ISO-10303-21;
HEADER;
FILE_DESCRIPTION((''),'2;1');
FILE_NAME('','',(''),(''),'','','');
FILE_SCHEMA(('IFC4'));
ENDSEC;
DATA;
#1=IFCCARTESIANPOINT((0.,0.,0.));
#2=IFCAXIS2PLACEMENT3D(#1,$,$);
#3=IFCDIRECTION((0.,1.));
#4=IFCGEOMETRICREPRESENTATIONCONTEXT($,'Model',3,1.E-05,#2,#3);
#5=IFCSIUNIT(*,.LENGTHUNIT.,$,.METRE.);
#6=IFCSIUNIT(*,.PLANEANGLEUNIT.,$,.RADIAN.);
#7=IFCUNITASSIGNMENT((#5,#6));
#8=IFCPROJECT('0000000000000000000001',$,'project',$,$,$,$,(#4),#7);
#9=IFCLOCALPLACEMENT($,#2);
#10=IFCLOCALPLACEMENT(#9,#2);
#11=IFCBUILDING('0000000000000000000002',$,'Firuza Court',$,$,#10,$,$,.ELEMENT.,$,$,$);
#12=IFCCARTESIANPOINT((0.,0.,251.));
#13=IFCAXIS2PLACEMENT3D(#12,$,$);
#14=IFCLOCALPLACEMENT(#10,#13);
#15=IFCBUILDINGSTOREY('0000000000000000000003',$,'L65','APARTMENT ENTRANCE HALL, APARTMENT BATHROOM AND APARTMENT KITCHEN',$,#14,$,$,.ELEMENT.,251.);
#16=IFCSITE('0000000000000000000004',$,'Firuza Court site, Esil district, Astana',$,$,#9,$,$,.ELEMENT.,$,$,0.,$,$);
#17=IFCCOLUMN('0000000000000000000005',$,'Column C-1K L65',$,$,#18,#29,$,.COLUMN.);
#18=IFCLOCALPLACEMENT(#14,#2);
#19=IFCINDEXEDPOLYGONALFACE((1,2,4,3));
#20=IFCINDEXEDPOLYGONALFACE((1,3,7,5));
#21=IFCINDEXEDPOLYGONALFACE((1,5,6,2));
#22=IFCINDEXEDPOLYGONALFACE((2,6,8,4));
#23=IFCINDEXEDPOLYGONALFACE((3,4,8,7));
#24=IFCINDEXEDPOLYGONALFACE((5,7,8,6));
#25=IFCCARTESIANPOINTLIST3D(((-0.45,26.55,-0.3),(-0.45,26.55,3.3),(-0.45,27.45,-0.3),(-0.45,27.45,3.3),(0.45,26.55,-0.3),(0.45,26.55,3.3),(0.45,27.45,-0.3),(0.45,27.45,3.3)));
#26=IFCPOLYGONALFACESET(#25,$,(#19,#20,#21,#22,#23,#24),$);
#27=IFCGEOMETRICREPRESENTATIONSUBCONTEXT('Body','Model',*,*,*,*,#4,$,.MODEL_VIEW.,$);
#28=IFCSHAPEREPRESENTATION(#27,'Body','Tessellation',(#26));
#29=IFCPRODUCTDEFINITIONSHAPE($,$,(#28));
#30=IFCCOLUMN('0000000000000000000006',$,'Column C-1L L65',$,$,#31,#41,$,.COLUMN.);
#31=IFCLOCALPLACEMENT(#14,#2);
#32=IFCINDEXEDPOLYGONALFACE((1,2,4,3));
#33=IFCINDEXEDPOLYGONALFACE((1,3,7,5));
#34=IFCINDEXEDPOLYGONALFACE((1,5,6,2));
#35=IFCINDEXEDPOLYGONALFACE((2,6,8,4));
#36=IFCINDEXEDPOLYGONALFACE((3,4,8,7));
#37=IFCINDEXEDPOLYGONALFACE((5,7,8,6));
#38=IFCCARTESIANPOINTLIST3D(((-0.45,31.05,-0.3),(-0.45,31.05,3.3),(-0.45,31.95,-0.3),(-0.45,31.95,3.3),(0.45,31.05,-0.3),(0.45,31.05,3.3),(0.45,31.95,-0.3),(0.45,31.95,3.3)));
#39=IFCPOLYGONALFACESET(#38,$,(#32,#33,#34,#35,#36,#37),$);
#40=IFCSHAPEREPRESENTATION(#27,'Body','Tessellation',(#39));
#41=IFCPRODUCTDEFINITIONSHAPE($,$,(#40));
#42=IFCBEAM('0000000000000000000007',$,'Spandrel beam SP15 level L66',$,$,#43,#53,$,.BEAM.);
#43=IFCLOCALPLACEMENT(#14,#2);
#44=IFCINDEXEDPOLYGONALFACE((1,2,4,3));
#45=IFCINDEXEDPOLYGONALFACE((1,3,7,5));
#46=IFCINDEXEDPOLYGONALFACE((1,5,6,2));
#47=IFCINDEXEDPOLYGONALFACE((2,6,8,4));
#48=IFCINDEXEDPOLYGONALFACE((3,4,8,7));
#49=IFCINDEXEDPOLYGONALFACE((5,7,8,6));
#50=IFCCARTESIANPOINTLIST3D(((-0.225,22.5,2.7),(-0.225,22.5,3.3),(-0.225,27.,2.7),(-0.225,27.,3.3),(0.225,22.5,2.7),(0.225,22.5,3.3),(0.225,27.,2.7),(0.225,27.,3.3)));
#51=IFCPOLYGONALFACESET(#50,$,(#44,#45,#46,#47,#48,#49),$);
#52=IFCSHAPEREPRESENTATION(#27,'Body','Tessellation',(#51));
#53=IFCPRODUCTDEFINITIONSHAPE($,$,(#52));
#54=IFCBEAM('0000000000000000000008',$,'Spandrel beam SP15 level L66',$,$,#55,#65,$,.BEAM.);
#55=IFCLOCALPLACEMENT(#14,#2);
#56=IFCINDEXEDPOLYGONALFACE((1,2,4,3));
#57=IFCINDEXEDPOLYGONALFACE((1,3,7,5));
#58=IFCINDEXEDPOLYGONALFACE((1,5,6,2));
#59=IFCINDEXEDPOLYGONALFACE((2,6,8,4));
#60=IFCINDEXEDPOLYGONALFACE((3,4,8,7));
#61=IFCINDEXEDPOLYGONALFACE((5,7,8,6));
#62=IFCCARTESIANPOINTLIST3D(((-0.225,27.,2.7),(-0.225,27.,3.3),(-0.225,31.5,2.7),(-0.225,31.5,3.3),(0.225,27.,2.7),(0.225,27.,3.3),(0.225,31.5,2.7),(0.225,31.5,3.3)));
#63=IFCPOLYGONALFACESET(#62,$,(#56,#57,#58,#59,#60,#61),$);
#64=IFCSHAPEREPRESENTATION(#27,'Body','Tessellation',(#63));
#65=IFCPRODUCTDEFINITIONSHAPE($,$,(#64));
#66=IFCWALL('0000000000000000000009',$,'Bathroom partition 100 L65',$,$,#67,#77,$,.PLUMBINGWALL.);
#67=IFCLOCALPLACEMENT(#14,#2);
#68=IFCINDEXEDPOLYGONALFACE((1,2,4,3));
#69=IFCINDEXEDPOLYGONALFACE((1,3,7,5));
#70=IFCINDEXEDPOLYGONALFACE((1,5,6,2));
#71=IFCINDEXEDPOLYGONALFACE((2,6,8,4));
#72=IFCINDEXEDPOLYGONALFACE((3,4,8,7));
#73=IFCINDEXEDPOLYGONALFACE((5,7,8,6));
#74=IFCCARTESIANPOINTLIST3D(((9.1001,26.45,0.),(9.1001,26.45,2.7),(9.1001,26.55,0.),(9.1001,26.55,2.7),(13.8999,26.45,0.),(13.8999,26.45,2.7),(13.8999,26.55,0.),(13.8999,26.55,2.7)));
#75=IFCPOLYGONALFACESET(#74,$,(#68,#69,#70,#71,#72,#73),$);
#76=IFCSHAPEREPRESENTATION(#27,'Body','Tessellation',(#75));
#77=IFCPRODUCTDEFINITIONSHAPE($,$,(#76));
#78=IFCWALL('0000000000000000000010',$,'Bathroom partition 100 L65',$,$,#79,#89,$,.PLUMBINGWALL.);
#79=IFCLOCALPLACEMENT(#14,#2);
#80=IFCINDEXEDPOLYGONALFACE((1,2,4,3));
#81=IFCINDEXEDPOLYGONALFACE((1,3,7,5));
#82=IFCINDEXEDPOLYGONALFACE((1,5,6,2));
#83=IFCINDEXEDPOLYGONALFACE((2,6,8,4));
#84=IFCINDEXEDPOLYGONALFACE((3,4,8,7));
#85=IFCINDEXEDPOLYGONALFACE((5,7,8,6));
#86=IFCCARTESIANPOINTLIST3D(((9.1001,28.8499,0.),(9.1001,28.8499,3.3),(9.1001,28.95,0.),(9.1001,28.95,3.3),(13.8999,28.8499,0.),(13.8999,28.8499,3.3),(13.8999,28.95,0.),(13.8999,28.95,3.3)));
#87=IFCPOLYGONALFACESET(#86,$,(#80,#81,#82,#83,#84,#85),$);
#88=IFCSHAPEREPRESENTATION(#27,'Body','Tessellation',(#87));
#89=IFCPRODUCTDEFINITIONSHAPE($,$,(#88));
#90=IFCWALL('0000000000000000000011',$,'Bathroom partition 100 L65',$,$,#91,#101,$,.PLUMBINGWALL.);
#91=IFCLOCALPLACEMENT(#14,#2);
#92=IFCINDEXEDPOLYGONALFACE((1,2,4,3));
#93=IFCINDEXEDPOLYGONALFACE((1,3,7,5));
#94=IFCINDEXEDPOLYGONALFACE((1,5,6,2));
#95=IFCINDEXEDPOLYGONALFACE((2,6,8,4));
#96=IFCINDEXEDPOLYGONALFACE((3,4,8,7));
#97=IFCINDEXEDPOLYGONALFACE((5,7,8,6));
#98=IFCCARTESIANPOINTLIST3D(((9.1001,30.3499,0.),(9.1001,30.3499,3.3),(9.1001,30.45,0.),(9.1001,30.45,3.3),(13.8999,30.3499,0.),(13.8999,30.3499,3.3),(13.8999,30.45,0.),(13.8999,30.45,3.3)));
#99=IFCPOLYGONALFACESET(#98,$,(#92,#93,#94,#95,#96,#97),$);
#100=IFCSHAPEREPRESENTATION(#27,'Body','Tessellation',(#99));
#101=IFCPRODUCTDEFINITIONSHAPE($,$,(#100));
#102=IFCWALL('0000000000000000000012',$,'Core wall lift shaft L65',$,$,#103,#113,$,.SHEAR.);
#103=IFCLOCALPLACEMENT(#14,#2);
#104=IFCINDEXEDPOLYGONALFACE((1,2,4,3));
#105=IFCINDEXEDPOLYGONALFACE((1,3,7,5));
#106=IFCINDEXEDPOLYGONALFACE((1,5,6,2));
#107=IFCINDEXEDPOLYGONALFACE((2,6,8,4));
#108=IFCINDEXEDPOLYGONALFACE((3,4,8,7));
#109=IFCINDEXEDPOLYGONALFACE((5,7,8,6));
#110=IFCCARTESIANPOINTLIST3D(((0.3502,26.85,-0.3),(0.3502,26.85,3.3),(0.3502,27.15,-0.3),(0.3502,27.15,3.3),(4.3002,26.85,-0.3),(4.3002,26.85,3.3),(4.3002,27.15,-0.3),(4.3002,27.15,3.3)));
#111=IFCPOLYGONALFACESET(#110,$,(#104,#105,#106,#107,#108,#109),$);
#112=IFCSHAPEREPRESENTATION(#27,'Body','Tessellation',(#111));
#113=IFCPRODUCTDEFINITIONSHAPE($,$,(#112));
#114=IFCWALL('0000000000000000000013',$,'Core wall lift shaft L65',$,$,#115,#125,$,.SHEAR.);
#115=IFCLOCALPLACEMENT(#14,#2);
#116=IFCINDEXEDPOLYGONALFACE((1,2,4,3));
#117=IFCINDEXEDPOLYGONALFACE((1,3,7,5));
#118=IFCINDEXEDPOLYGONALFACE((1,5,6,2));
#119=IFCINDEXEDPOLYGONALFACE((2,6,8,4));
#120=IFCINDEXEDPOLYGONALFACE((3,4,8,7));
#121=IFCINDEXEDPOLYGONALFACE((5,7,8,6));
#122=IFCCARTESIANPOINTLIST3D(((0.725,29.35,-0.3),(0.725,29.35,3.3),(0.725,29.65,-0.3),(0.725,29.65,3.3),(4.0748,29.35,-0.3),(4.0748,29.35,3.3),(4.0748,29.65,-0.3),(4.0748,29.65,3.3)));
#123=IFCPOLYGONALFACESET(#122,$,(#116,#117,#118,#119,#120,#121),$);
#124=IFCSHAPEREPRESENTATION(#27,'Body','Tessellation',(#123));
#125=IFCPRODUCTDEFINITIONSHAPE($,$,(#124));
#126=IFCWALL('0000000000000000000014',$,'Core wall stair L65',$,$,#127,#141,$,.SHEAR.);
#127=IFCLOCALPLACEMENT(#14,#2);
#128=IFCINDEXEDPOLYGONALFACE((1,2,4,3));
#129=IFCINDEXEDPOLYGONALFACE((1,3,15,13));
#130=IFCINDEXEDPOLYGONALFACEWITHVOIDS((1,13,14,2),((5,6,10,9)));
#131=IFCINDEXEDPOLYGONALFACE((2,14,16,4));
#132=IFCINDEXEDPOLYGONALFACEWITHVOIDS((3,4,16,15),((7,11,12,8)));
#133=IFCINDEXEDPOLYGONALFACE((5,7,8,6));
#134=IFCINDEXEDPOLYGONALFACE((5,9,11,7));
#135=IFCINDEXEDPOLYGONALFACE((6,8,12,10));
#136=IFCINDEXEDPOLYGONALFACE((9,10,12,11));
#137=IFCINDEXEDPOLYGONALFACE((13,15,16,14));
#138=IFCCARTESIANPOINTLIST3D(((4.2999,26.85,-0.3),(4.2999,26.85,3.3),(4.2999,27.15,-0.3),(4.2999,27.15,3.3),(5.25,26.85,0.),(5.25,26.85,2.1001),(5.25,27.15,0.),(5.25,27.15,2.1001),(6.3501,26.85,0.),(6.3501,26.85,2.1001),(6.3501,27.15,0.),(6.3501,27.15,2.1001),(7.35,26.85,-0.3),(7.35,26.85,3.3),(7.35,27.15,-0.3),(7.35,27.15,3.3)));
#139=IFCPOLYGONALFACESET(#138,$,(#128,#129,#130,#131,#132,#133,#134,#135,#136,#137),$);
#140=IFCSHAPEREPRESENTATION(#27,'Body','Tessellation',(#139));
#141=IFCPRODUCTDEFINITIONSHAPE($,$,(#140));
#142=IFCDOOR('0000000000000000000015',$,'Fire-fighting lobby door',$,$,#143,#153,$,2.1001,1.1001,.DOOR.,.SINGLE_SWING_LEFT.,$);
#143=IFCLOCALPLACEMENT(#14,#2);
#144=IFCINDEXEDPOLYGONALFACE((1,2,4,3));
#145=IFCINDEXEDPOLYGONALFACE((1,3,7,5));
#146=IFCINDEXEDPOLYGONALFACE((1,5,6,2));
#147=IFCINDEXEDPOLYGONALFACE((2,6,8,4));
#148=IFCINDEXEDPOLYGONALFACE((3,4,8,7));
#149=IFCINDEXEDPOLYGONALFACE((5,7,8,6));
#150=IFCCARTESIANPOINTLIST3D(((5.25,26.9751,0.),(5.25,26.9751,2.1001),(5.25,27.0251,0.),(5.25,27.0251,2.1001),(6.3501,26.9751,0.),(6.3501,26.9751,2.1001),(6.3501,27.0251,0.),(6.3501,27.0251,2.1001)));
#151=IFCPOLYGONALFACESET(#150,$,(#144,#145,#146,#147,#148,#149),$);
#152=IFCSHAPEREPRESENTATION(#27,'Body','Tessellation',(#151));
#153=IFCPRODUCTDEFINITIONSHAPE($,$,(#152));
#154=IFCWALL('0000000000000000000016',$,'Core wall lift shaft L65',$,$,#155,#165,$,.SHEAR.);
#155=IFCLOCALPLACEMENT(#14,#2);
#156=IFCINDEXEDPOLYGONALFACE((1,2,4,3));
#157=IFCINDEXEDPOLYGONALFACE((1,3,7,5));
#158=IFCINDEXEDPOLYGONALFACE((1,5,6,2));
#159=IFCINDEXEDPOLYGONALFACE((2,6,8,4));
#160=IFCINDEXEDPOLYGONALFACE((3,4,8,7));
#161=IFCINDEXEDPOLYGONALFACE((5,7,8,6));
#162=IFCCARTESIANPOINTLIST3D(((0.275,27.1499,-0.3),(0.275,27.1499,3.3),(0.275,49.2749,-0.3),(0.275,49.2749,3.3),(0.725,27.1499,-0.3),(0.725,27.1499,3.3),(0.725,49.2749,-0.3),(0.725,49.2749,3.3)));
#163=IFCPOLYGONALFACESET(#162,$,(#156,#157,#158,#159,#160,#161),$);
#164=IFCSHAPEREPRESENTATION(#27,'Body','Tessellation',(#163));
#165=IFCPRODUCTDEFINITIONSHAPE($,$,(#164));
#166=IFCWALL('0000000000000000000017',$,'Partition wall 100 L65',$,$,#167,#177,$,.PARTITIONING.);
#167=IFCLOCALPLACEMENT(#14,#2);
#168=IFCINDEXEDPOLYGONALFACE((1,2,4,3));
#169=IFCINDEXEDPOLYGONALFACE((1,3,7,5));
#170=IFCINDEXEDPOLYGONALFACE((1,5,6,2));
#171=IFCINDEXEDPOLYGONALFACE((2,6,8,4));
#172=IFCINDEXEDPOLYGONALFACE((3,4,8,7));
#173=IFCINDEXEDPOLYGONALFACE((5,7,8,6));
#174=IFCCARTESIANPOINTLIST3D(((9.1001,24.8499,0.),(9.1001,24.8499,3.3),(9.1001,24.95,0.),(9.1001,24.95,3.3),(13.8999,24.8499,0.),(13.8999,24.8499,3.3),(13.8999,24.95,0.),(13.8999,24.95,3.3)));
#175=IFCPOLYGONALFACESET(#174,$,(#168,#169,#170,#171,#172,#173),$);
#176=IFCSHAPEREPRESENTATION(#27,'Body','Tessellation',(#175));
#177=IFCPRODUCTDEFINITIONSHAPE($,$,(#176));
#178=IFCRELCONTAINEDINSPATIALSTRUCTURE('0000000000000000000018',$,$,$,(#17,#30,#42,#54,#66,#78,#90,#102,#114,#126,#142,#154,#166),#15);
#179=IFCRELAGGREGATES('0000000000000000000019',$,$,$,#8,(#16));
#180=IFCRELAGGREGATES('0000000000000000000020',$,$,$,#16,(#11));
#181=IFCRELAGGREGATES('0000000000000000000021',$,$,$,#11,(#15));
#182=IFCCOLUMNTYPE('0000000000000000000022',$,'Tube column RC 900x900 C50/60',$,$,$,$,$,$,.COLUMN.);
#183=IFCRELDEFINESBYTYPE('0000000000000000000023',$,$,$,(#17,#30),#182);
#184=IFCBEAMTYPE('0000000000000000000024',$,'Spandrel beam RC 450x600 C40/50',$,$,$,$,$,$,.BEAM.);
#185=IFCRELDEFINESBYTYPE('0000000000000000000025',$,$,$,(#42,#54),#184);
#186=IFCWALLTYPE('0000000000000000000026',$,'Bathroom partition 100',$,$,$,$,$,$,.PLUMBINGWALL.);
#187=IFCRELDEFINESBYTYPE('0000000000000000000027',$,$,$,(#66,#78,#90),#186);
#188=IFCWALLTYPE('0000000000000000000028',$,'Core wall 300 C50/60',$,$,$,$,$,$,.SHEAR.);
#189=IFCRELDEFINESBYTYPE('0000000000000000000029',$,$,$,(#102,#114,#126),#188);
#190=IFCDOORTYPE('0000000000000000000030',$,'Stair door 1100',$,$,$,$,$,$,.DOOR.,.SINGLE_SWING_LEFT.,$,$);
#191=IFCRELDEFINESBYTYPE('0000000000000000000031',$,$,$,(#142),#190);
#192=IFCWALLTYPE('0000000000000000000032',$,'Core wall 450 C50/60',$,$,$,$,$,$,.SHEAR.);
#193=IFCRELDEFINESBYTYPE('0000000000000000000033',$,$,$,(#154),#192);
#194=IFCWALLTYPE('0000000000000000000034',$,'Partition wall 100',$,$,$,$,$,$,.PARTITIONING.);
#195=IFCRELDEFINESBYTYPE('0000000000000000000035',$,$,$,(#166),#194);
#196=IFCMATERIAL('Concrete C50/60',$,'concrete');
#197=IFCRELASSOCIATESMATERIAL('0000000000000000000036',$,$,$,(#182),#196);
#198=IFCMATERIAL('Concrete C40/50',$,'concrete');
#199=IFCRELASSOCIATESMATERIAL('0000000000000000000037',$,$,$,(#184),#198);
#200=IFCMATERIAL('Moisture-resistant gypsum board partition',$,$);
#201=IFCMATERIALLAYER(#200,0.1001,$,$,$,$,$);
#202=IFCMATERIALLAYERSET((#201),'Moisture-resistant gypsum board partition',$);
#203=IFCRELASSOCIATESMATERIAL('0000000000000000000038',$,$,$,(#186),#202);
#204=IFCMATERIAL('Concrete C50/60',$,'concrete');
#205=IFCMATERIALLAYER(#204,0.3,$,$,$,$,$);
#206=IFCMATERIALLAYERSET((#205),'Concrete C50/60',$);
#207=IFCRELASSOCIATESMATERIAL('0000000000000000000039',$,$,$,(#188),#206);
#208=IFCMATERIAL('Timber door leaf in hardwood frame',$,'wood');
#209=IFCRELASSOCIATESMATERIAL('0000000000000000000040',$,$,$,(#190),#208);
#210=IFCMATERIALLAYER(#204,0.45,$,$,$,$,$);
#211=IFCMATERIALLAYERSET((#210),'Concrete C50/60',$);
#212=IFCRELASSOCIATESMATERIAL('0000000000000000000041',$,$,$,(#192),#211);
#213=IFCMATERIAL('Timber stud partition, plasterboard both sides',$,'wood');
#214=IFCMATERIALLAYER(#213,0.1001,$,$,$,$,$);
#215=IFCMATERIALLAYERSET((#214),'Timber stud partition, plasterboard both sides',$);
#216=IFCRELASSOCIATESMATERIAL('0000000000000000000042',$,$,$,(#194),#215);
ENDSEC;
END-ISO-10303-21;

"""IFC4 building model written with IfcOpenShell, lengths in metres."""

from ifc_helpers import new_model, si_unit, direction, frame, frame_2d, origin, origin_2d, place, context, subcontext, project, spatial, rectangle, extrude, material, layer, layer_set, material_profile, profile_set, type_object, element, fill, save


model = new_model("IFC4")

# Units and contexts
model_context = context("Model", 3, precision=1e-05, world=origin(), true_north=direction((0.0, 1.0)))
body_context = subcontext(model_context, "Body", "Model", "MODEL_VIEW")
ifc_project = project(units=[si_unit("LENGTHUNIT", "METRE"), si_unit("PLANEANGLEUNIT", "RADIAN")], contexts=[model_context])

# Site, building, storey
site_placement = place(None, origin())
site = spatial("IfcSite", under=ifc_project, at=site_placement, Name="Firuza Court site, Esil district, Astana", CompositionType="ELEMENT", RefElevation=0.0)
building_placement = place(site_placement, origin())
building = spatial("IfcBuilding", under=site, at=building_placement, Name="Firuza Court", CompositionType="ELEMENT")
storey_placement = place(building_placement, frame((0.0, 0.0, 251.0)))
storey = spatial("IfcBuildingStorey", under=building, at=storey_placement, Name="L65", Description="APARTMENT ENTRANCE HALL, APARTMENT BATHROOM AND APARTMENT KITCHEN", CompositionType="ELEMENT", Elevation=251.0)

# Columns
ifc_material_1 = material(Name="Concrete C50/60", Category="concrete")
ifc_material_profile_1 = material_profile(ifc_material_1, rectangle(XDim=0.8999, YDim=0.8999, at=origin_2d()), Name="RC 900x900")
ifc_profile_set_1 = profile_set([ifc_material_profile_1], Name="Concrete C50/60")
column_type = type_object("IfcColumnType", Name="Tube column RC 900x900 C50/60", PredefinedType="COLUMN", material=ifc_profile_set_1)
for number, where, z_axis, x_axis, name in (
    (1, (0.0, 27.0, -0.3), (0.0, 0.0, 1.0), (1.0, 0.0, 0.0), "Column C-1K L65"),
    (2, (0.0, 31.5, -0.3), (0.0, 0.0, 1.0), (1.0, 0.0, 0.0), "Column C-1L L65"),
):
    element("IfcColumn", number, at=place(storey_placement, frame(where, z_axis=z_axis, x_axis=x_axis)), inside=storey, type_object=column_type, Name=name, PredefinedType="COLUMN", context=body_context, shape_type="SweptSolid", body=[
        extrude(rectangle(XDim=0.8999, YDim=0.8999, at=origin_2d()), origin(), (0.0, 0.0, 1.0), 3.6001),
    ])

# Beams
ifc_material_2 = material(Name="Concrete C40/50", Category="concrete")
ifc_material_profile_2 = material_profile(ifc_material_2, rectangle(XDim=0.45, YDim=0.6001, at=origin_2d()), Name="RC 450x600")
ifc_profile_set_2 = profile_set([ifc_material_profile_2], Name="Concrete C40/50")
beam_type = type_object("IfcBeamType", Name="Spandrel beam RC 450x600 C40/50", PredefinedType="BEAM", material=ifc_profile_set_2)
for number, where, z_axis, x_axis, name in (
    (3, (0.0, 27.0, 3.0), (0.0, -1.0, 0.0), (1.0, 0.0, 0.0), "Spandrel beam SP15 level L66"),
    (4, (0.0, 31.5, 3.0), (0.0, -1.0, 0.0), (1.0, 0.0, 0.0), "Spandrel beam SP15 level L66"),
):
    element("IfcBeam", number, at=place(storey_placement, frame(where, z_axis=z_axis, x_axis=x_axis)), inside=storey, type_object=beam_type, Name=name, PredefinedType="BEAM", context=body_context, shape_type="SweptSolid", body=[
        extrude(rectangle(XDim=0.45, YDim=0.6001, at=origin_2d()), origin(), (0.0, 0.0, 1.0), 4.5),
    ])

# Walls
ifc_material_3 = material(Name="Moisture-resistant gypsum board partition")
ifc_layer_1 = layer(ifc_material_3, 0.1001)
ifc_layer_set_1 = layer_set([ifc_layer_1], Name="Moisture-resistant gypsum board partition")
wall_type_1 = type_object("IfcWallType", Name="Bathroom partition 100", PredefinedType="PLUMBINGWALL", material=ifc_layer_set_1)
wall_1_placement = place(storey_placement, frame((9.1001, 26.5, 0.0), z_axis=(0.0, 0.0, 1.0), x_axis=(1.0, 0.0, 0.0)))
element("IfcWall", 5, at=wall_1_placement, inside=storey, type_object=wall_type_1, Name="Bathroom partition 100 L65", PredefinedType="PLUMBINGWALL", context=body_context, shape_type="SweptSolid", body=[
    extrude(rectangle(XDim=4.7998, YDim=0.1001, at=frame_2d((2.3999, 0.0))), origin(), (0.0, 0.0, 1.0), 2.7),
])
for number, where, z_axis, x_axis, name in (
    (6, (9.1001, 28.8999, 0.0), (0.0, 0.0, 1.0), (1.0, 0.0, 0.0), "Bathroom partition 100 L65"),
    (7, (9.1001, 30.3999, 0.0), (0.0, 0.0, 1.0), (1.0, 0.0, 0.0), "Bathroom partition 100 L65"),
):
    element("IfcWall", number, at=place(storey_placement, frame(where, z_axis=z_axis, x_axis=x_axis)), inside=storey, type_object=wall_type_1, Name=name, PredefinedType="PLUMBINGWALL", context=body_context, shape_type="SweptSolid", body=[
        extrude(rectangle(XDim=4.7998, YDim=0.1001, at=frame_2d((2.3999, 0.0))), origin(), (0.0, 0.0, 1.0), 3.3),
    ])
ifc_material_4 = material(Name="Concrete C50/60", Category="concrete")
ifc_layer_2 = layer(ifc_material_4, 0.3)
ifc_layer_set_2 = layer_set([ifc_layer_2], Name="Concrete C50/60")
wall_type_2 = type_object("IfcWallType", Name="Core wall 300 C50/60", PredefinedType="SHEAR", material=ifc_layer_set_2)
wall_2_placement = place(storey_placement, frame((0.3501, 27.0, -0.3), z_axis=(0.0, 0.0, 1.0), x_axis=(1.0, 0.0, 0.0)))
element("IfcWall", 8, at=wall_2_placement, inside=storey, type_object=wall_type_2, Name="Core wall lift shaft L65", PredefinedType="SHEAR", context=body_context, shape_type="SweptSolid", body=[
    extrude(rectangle(XDim=3.95, YDim=0.3, at=frame_2d((1.9751, 0.0))), origin(), (0.0, 0.0, 1.0), 3.6001),
])
wall_3_placement = place(storey_placement, frame((0.7251, 29.5, -0.3), z_axis=(0.0, 0.0, 1.0), x_axis=(1.0, 0.0, 0.0)))
element("IfcWall", 9, at=wall_3_placement, inside=storey, type_object=wall_type_2, Name="Core wall lift shaft L65", PredefinedType="SHEAR", context=body_context, shape_type="SweptSolid", body=[
    extrude(rectangle(XDim=3.3499, YDim=0.3, at=frame_2d((1.6748, 0.0))), origin(), (0.0, 0.0, 1.0), 3.6001),
])

# Wall, opening, door
wall_4_placement = place(storey_placement, frame((4.3, 27.0, -0.3), z_axis=(0.0, 0.0, 1.0), x_axis=(1.0, 0.0, 0.0)))
wall_4 = element("IfcWall", 10, at=wall_4_placement, inside=storey, type_object=wall_type_2, Name="Core wall stair L65", PredefinedType="SHEAR", context=body_context, shape_type="SweptSolid", body=[
    extrude(rectangle(XDim=3.05, YDim=0.3, at=frame_2d((1.5249, 0.0))), origin(), (0.0, 0.0, 1.0), 3.6001),
])
opening_1_placement = place(wall_4_placement, frame((0.95, 0.0, 0.3)))
opening_1 = element("IfcOpeningElement", 11, at=opening_1_placement, cuts=wall_4, PredefinedType="OPENING", context=body_context, shape_type="SweptSolid", body=[
    extrude(rectangle(XDim=1.1001, YDim=2.1001, at=frame_2d((0.55, 1.05))), frame((0.0, 0.1621, 0.0), z_axis=(0.0, -1.0, 0.0), x_axis=(1.0, 0.0, 0.0)), (0.0, 0.0, 1.0), 0.324),
])
ifc_material_5 = material(Name="Timber door leaf in hardwood frame", Category="wood")
door_type_1 = type_object("IfcDoorType", Name="Stair door 1100", OperationType="SINGLE_SWING_LEFT", PredefinedType="DOOR", material=ifc_material_5)
door_1_placement = place(opening_1_placement, frame((1.1001, 0.0, 0.0), z_axis=(0.0, 0.0, 1.0), x_axis=(-1.0, 0.0, 0.0)))
door_1 = element("IfcDoor", 12, at=door_1_placement, inside=storey, type_object=door_type_1, Name="Fire-fighting lobby door", OperationType="SINGLE_SWING_LEFT", OverallHeight=2.1001, OverallWidth=1.1001, PredefinedType="DOOR", context=body_context, shape_type="SweptSolid", body=[
    extrude(rectangle(XDim=1.1001, YDim=2.1001, at=frame_2d((0.55, 1.05))), frame((0.0, 0.0249, 0.0), z_axis=(0.0, -1.0, 0.0), x_axis=(1.0, 0.0, 0.0)), (0.0, 0.0, 1.0), 0.05),
])
fill(opening_1, door_1)

# Wall
ifc_layer_3 = layer(ifc_material_4, 0.45)
ifc_layer_set_3 = layer_set([ifc_layer_3], Name="Concrete C50/60")
wall_type_3 = type_object("IfcWallType", Name="Core wall 450 C50/60", PredefinedType="SHEAR", material=ifc_layer_set_3)
wall_5_placement = place(storey_placement, frame((0.5, 27.1499, -0.3), z_axis=(0.0, 0.0, 1.0), x_axis=(0.0, 1.0, 0.0)))
element("IfcWall", 13, at=wall_5_placement, inside=storey, type_object=wall_type_3, Name="Core wall lift shaft L65", PredefinedType="SHEAR", context=body_context, shape_type="SweptSolid", body=[
    extrude(rectangle(XDim=22.125, YDim=0.45, at=frame_2d((11.0625, 0.0))), origin(), (0.0, 0.0, 1.0), 3.6001),
])

# Wall
ifc_material_6 = material(Name="Timber stud partition, plasterboard both sides", Category="wood")
ifc_layer_4 = layer(ifc_material_6, 0.1001)
ifc_layer_set_4 = layer_set([ifc_layer_4], Name="Timber stud partition, plasterboard both sides")
wall_type_4 = type_object("IfcWallType", Name="Partition wall 100", PredefinedType="PARTITIONING", material=ifc_layer_set_4)
wall_6_placement = place(storey_placement, frame((9.1001, 24.8999, 0.0), z_axis=(0.0, 0.0, 1.0), x_axis=(1.0, 0.0, 0.0)))
element("IfcWall", 14, at=wall_6_placement, inside=storey, type_object=wall_type_4, Name="Partition wall 100 L65", PredefinedType="PARTITIONING", context=body_context, shape_type="SweptSolid", body=[
    extrude(rectangle(XDim=4.7998, YDim=0.1001, at=frame_2d((2.3999, 0.0))), origin(), (0.0, 0.0, 1.0), 3.3),
])

save(model, "model.ifc")
